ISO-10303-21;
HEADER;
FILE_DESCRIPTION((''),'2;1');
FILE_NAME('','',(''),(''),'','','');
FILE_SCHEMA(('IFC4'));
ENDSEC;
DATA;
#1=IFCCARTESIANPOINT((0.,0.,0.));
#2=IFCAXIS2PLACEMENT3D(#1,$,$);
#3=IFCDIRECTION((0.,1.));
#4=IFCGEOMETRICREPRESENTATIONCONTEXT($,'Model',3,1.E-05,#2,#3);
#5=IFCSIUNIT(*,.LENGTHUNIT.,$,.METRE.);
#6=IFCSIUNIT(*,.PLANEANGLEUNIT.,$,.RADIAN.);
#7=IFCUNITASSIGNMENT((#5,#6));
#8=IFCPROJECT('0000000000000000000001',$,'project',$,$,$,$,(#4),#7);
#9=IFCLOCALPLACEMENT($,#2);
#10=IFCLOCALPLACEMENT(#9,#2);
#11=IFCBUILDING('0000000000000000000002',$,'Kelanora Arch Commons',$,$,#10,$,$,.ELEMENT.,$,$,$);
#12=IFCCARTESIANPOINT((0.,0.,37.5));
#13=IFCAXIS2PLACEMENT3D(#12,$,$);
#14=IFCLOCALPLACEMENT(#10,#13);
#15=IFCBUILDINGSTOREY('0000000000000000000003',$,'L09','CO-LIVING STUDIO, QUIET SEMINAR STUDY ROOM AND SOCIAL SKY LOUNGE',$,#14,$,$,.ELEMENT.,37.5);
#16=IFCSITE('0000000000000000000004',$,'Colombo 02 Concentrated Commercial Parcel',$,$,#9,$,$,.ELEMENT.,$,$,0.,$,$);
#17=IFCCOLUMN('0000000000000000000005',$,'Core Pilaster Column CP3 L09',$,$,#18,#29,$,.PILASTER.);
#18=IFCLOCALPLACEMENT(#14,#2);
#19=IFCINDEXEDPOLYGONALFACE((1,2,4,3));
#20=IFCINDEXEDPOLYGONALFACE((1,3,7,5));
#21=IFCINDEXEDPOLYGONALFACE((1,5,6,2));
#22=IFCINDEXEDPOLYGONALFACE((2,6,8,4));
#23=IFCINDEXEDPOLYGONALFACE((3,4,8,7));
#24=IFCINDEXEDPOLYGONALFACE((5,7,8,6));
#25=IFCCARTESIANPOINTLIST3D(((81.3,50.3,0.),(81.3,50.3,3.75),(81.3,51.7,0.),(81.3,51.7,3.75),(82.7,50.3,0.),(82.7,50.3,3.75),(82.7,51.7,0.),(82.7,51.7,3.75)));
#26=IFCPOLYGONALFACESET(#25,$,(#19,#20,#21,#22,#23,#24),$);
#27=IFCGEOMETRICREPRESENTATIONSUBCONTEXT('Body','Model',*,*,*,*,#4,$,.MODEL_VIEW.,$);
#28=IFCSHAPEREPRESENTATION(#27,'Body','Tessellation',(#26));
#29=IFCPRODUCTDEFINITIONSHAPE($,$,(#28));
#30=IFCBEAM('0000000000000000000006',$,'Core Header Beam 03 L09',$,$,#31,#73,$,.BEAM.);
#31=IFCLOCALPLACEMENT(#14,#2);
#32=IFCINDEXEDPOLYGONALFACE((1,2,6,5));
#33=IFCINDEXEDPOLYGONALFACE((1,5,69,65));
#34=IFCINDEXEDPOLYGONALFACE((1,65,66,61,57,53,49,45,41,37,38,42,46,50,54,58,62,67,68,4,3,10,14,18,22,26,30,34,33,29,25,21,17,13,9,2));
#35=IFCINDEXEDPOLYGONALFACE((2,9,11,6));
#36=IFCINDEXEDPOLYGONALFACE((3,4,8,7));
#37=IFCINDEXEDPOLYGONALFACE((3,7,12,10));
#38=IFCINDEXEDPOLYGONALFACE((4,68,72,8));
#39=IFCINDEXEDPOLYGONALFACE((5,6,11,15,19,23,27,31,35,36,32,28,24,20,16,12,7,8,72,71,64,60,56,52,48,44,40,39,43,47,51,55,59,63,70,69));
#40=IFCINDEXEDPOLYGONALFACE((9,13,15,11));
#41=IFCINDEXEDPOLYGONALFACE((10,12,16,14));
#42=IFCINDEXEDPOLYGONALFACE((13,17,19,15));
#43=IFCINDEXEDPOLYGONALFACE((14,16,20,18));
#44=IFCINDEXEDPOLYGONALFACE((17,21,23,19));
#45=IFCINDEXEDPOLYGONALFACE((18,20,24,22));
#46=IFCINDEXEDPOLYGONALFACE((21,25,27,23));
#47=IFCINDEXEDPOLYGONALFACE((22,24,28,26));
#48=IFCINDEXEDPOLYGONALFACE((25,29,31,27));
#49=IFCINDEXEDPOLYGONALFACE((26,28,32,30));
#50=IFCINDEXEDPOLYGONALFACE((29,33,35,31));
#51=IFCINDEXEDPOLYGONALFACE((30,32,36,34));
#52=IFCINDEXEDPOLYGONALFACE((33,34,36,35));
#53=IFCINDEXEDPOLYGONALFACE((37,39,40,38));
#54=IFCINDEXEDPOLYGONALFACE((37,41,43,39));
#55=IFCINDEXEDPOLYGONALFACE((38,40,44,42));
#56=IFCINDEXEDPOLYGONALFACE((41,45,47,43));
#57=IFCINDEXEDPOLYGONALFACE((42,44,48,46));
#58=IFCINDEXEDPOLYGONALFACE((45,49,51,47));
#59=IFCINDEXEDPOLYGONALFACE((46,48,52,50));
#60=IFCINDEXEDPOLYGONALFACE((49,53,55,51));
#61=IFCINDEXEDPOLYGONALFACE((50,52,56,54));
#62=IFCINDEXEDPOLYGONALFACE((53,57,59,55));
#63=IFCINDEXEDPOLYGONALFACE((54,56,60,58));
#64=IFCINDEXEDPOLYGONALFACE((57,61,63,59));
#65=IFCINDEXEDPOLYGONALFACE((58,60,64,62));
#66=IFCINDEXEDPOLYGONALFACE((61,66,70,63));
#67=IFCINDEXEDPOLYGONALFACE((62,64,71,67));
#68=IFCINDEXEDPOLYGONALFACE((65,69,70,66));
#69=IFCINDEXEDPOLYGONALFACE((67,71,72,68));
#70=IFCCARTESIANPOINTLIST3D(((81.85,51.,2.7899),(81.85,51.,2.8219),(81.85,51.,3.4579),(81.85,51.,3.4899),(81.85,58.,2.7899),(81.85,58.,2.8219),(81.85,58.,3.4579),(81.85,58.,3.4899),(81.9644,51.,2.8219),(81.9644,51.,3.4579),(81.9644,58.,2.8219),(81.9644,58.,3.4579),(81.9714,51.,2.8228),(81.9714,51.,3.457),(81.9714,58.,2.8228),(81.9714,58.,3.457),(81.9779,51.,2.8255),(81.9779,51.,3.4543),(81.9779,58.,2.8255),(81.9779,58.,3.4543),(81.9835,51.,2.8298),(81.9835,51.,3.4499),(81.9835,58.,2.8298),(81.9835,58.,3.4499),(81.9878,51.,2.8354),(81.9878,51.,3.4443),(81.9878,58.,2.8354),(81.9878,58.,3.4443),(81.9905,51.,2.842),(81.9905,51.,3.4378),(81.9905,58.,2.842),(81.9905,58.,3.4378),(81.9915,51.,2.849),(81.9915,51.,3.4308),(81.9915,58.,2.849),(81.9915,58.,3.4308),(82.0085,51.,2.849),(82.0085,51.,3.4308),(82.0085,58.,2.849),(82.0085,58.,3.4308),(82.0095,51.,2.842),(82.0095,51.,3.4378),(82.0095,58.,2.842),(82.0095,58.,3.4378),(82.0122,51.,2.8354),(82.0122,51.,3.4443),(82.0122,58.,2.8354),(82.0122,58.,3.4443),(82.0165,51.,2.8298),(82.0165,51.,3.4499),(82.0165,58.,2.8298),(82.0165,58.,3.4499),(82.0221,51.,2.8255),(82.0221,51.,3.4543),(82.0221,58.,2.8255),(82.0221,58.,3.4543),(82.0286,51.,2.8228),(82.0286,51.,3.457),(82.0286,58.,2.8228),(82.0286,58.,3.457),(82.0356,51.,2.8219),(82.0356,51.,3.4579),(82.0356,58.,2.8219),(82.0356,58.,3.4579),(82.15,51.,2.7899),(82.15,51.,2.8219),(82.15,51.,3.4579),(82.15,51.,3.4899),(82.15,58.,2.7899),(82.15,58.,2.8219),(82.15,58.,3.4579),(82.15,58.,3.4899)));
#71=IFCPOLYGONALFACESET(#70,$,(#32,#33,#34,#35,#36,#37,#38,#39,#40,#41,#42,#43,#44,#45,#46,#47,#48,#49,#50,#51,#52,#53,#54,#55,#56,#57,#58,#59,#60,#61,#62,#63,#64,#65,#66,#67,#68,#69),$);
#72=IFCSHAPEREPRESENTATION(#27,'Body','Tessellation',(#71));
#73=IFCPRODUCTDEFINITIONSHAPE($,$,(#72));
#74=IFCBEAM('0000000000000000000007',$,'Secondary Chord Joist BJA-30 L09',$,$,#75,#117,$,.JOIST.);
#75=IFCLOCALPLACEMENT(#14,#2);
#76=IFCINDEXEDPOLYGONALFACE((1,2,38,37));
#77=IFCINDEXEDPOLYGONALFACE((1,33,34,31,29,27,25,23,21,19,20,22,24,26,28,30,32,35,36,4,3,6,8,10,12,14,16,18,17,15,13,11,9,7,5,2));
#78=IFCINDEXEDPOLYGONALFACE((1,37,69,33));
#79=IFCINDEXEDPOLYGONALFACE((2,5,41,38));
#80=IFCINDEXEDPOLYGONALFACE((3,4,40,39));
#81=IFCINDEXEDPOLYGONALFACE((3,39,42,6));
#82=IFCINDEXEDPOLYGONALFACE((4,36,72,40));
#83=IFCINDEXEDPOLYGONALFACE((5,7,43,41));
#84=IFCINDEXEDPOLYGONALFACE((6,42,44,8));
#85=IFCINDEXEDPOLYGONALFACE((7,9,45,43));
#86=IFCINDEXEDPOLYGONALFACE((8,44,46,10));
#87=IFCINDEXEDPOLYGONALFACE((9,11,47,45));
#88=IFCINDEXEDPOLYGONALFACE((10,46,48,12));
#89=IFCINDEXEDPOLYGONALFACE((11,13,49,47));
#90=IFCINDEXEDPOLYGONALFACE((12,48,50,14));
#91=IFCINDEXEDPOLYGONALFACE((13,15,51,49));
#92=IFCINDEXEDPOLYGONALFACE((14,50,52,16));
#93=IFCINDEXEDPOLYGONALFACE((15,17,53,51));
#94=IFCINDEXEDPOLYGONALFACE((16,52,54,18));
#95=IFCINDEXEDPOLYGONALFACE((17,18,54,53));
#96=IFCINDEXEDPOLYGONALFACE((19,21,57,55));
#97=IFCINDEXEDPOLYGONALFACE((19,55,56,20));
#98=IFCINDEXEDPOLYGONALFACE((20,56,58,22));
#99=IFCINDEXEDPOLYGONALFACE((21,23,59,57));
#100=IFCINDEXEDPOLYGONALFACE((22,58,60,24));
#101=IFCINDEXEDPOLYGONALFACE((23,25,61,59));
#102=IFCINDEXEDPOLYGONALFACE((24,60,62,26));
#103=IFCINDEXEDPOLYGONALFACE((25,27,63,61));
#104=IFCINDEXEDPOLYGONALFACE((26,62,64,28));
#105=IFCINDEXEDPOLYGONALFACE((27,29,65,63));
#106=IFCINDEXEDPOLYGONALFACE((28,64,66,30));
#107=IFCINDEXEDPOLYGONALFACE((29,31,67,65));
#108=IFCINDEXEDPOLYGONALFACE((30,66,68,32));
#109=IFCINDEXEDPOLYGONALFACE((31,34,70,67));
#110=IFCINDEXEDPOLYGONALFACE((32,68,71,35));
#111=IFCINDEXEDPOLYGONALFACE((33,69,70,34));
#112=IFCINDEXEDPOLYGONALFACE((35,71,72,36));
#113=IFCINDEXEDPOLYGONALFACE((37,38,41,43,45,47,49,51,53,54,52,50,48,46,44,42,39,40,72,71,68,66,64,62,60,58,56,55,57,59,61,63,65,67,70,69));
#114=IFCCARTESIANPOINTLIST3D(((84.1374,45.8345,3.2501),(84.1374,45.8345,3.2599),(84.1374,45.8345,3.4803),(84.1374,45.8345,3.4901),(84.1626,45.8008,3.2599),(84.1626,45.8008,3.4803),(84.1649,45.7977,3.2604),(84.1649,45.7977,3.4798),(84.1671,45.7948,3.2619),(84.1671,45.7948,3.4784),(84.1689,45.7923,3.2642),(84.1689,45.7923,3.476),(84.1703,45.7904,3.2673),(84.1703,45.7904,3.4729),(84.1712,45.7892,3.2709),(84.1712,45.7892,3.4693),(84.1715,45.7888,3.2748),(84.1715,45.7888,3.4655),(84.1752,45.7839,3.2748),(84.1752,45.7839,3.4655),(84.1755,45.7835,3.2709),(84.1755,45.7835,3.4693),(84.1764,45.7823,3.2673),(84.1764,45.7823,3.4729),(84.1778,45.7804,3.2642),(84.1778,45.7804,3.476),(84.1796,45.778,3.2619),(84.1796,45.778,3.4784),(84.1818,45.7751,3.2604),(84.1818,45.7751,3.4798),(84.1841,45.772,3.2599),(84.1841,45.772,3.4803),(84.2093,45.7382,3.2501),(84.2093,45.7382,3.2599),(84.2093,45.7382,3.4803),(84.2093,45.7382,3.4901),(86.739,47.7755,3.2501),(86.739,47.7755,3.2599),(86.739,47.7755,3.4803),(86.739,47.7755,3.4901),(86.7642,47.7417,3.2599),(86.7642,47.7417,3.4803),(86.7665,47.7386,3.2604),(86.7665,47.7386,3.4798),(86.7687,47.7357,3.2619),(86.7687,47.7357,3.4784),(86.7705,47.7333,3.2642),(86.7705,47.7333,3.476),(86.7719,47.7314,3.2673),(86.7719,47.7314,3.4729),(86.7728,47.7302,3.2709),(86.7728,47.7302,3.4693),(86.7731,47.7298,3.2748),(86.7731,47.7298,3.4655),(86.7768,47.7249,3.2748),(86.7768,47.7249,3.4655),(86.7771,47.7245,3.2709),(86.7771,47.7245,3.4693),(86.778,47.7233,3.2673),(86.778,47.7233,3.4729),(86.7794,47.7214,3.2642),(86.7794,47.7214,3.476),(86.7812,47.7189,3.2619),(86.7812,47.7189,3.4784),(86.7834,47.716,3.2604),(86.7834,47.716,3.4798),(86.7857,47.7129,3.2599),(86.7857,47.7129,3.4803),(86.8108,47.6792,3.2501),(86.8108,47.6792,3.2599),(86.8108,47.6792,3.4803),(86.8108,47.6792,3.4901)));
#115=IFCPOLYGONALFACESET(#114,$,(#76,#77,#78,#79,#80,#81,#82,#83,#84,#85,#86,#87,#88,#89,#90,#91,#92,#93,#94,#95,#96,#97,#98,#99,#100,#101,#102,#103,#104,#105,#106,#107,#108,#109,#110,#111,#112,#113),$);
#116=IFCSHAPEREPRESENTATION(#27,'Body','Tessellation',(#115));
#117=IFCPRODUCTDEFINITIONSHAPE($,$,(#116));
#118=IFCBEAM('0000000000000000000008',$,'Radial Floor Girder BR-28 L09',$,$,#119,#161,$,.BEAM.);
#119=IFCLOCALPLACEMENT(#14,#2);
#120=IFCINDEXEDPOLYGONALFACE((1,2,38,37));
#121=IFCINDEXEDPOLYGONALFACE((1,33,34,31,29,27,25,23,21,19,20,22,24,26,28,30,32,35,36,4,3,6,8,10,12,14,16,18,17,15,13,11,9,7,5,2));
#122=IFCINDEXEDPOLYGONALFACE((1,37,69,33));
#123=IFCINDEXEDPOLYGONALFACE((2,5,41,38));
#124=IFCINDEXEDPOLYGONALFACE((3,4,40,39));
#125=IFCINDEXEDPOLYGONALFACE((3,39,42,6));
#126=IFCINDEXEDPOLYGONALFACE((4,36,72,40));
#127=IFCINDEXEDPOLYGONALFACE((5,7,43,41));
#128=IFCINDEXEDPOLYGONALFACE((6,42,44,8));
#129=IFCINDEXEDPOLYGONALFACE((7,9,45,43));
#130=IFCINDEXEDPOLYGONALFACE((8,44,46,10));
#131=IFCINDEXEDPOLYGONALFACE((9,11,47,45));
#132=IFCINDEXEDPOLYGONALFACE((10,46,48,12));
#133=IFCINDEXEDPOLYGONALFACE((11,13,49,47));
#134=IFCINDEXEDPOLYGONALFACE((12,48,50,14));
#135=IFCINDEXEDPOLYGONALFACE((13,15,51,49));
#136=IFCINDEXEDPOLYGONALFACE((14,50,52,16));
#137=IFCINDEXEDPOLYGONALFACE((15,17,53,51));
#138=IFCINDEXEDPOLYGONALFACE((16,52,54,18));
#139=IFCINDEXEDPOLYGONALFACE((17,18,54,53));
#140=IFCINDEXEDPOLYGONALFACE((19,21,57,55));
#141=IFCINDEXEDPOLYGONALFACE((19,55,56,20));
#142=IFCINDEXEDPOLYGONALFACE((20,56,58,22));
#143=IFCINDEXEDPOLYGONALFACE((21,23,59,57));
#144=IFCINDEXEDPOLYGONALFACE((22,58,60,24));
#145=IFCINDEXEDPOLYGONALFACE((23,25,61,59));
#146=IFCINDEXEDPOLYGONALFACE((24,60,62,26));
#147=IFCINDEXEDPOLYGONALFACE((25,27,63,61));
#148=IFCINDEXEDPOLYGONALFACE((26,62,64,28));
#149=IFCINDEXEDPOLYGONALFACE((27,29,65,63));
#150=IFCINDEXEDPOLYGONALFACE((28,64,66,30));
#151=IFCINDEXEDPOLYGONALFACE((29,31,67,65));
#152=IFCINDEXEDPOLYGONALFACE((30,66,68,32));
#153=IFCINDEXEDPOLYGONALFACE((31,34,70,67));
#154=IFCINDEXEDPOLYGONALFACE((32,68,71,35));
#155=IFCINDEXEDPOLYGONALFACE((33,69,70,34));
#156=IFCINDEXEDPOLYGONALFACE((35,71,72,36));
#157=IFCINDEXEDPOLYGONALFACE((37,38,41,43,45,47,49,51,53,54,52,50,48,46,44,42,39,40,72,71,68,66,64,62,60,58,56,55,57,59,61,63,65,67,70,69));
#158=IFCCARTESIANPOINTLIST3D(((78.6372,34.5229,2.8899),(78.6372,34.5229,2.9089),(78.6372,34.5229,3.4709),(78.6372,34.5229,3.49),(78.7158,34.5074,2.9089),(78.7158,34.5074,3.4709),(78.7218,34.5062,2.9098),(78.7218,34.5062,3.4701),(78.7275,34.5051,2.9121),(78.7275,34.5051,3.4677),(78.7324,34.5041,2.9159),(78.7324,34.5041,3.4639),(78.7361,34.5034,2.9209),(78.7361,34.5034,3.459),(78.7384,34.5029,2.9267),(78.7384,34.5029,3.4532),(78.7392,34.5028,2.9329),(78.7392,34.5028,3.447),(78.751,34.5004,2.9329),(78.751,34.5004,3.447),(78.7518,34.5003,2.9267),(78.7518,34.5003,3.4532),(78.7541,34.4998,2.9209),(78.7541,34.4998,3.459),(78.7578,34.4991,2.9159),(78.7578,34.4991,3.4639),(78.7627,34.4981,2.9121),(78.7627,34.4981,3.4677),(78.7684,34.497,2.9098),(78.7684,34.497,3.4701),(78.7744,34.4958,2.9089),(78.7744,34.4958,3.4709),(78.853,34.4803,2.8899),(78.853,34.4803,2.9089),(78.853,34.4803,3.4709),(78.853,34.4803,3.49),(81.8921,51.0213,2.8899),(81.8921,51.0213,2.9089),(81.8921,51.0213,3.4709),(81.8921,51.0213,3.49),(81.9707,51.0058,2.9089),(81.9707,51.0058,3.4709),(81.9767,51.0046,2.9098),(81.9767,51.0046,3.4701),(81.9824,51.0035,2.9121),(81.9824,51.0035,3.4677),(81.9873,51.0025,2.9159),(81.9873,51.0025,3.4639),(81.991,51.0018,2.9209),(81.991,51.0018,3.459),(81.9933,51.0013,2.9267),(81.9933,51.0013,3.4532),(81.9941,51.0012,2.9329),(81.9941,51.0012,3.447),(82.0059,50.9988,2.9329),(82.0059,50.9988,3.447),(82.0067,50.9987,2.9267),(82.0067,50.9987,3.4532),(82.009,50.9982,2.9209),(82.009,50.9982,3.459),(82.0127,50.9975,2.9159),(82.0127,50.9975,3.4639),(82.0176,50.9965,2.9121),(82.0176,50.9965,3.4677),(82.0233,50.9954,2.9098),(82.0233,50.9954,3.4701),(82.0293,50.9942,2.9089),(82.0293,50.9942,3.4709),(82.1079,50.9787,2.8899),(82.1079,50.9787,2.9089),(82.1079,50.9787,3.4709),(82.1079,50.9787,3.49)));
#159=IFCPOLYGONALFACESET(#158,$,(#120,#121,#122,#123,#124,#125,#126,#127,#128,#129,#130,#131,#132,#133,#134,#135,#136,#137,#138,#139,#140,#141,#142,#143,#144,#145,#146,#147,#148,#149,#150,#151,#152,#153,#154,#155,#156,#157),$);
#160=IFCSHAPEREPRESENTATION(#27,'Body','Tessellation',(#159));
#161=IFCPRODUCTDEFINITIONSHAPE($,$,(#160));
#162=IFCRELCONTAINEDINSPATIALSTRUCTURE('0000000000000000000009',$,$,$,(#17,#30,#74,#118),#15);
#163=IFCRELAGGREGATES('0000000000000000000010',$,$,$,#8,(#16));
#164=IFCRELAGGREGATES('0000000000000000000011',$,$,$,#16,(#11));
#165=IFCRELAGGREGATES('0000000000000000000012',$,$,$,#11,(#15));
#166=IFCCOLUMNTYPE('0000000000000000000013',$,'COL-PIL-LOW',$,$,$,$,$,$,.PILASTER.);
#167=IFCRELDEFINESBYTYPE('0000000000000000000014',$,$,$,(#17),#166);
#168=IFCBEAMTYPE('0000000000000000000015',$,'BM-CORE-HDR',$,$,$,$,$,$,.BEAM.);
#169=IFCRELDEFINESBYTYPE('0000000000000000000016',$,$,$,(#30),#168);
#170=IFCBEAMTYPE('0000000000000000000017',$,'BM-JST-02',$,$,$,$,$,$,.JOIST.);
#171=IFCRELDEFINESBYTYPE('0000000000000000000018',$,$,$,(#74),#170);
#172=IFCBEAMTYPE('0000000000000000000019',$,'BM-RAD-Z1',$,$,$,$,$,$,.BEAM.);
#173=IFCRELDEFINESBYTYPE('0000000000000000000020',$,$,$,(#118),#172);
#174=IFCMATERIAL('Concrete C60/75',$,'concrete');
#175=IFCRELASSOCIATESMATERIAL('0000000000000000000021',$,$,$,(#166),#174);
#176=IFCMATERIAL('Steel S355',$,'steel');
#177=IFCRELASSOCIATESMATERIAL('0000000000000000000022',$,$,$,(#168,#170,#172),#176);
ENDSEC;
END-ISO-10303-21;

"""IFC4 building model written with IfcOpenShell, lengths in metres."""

from ifc_helpers import new_model, si_unit, direction, frame, origin, origin_2d, place, context, subcontext, project, spatial, rectangle, i_section, extrude, material, material_profile, profile_set, type_object, element, save


model = new_model("IFC4")

# Units and contexts
model_context = context("Model", 3, precision=1e-05, world=origin(), true_north=direction((0.0, 1.0)))
body_context = subcontext(model_context, "Body", "Model", "MODEL_VIEW")
ifc_project = project(units=[si_unit("LENGTHUNIT", "METRE"), si_unit("PLANEANGLEUNIT", "RADIAN")], contexts=[model_context])

# Site, building, storey
site_placement = place(None, origin())
site = spatial("IfcSite", under=ifc_project, at=site_placement, Name="Colombo 02 Concentrated Commercial Parcel", CompositionType="ELEMENT", RefElevation=0.0)
building_placement = place(site_placement, origin())
building = spatial("IfcBuilding", under=site, at=building_placement, Name="Kelanora Arch Commons", CompositionType="ELEMENT")
storey_placement = place(building_placement, frame((0.0, 0.0, 37.5)))
storey = spatial("IfcBuildingStorey", under=building, at=storey_placement, Name="L09", Description="CO-LIVING STUDIO, QUIET SEMINAR STUDY ROOM AND SOCIAL SKY LOUNGE", CompositionType="ELEMENT", Elevation=37.5)

# Column
ifc_material_1 = material(Name="Concrete C60/75", Category="concrete")
ifc_material_profile_1 = material_profile(ifc_material_1, rectangle(XDim=1.3999, YDim=1.3999, at=origin_2d()), Name="RC1400x1400")
ifc_profile_set_1 = profile_set([ifc_material_profile_1], Name="Concrete C60/75")
column_type = type_object("IfcColumnType", Name="COL-PIL-LOW", PredefinedType="PILASTER", material=ifc_profile_set_1)
column_placement = place(storey_placement, frame((82.0, 51.0, 0.0), z_axis=(0.0, 0.0, 1.0), x_axis=(1.0, 0.0, 0.0)))
element("IfcColumn", 1, at=column_placement, inside=storey, type_object=column_type, Name="Core Pilaster Column CP3 L09", PredefinedType="PILASTER", context=body_context, shape_type="SweptSolid", body=[
    extrude(rectangle(XDim=1.3999, YDim=1.3999, at=origin_2d()), origin(), (0.0, 0.0, 1.0), 3.75),
])

# Beams
ifc_material_2 = material(Name="Steel S355", Category="steel")
ifc_material_profile_2 = material_profile(ifc_material_2, i_section(OverallWidth=0.3, OverallDepth=0.7, WebThickness=0.0171, FlangeThickness=0.032, FilletRadius=0.0271, at=origin_2d()), Name="HEB700")
ifc_profile_set_2 = profile_set([ifc_material_profile_2], Name="Steel S355")
beam_type_1 = type_object("IfcBeamType", Name="BM-CORE-HDR", PredefinedType="BEAM", material=ifc_profile_set_2)
beam_1_placement = place(storey_placement, frame((82.0, 51.0, 3.1399), z_axis=(0.0, 1.0, 0.0), x_axis=(-1.0, 0.0, 0.0)))
element("IfcBeam", 2, at=beam_1_placement, inside=storey, type_object=beam_type_1, Name="Core Header Beam 03 L09", PredefinedType="BEAM", context=body_context, shape_type="SweptSolid", body=[
    extrude(i_section(OverallWidth=0.3, OverallDepth=0.7, WebThickness=0.0171, FlangeThickness=0.032, FilletRadius=0.0271, at=origin_2d()), origin(), (0.0, 0.0, 1.0), 7.0),
])
ifc_material_profile_3 = material_profile(ifc_material_2, i_section(OverallWidth=0.1201, OverallDepth=0.24, WebThickness=0.0061, FlangeThickness=0.0098, FilletRadius=0.0149, at=origin_2d()), Name="IPE240")
ifc_profile_set_3 = profile_set([ifc_material_profile_3], Name="Steel S355")
beam_type_2 = type_object("IfcBeamType", Name="BM-JST-02", PredefinedType="JOIST", material=ifc_profile_set_3)
beam_2_placement = place(storey_placement, frame((84.1733, 45.7864, 3.3701), z_axis=(0.801514, 0.597976, 0.0), x_axis=(-0.597976, 0.801514, 0.0)))
element("IfcBeam", 3, at=beam_2_placement, inside=storey, type_object=beam_type_2, Name="Secondary Chord Joist BJA-30 L09", PredefinedType="JOIST", context=body_context, shape_type="SweptSolid", body=[
    extrude(i_section(OverallWidth=0.1201, OverallDepth=0.24, WebThickness=0.0061, FlangeThickness=0.0098, FilletRadius=0.0149, at=origin_2d()), origin(), (0.0, 0.0, 1.0), 3.2458),
])
ifc_material_profile_4 = material_profile(ifc_material_2, i_section(OverallWidth=0.22, OverallDepth=0.6001, WebThickness=0.012, FlangeThickness=0.019, FilletRadius=0.0239, at=origin_2d()), Name="IPE600")
ifc_profile_set_4 = profile_set([ifc_material_profile_4], Name="Steel S355")
beam_type_3 = type_object("IfcBeamType", Name="BM-RAD-Z1", PredefinedType="BEAM", material=ifc_profile_set_4)
beam_3_placement = place(storey_placement, frame((82.0, 51.0, 3.1899), z_axis=(-0.193555, -0.981089, 0.0), x_axis=(0.981089, -0.193555, 0.0)))
element("IfcBeam", 4, at=beam_3_placement, inside=storey, type_object=beam_type_3, Name="Radial Floor Girder BR-28 L09", PredefinedType="BEAM", context=body_context, shape_type="SweptSolid", body=[
    extrude(i_section(OverallWidth=0.22, OverallDepth=0.6001, WebThickness=0.012, FlangeThickness=0.019, FilletRadius=0.0239, at=origin_2d()), origin(), (0.0, 0.0, 1.0), 16.8164),
])

save(model, "model.ifc")
